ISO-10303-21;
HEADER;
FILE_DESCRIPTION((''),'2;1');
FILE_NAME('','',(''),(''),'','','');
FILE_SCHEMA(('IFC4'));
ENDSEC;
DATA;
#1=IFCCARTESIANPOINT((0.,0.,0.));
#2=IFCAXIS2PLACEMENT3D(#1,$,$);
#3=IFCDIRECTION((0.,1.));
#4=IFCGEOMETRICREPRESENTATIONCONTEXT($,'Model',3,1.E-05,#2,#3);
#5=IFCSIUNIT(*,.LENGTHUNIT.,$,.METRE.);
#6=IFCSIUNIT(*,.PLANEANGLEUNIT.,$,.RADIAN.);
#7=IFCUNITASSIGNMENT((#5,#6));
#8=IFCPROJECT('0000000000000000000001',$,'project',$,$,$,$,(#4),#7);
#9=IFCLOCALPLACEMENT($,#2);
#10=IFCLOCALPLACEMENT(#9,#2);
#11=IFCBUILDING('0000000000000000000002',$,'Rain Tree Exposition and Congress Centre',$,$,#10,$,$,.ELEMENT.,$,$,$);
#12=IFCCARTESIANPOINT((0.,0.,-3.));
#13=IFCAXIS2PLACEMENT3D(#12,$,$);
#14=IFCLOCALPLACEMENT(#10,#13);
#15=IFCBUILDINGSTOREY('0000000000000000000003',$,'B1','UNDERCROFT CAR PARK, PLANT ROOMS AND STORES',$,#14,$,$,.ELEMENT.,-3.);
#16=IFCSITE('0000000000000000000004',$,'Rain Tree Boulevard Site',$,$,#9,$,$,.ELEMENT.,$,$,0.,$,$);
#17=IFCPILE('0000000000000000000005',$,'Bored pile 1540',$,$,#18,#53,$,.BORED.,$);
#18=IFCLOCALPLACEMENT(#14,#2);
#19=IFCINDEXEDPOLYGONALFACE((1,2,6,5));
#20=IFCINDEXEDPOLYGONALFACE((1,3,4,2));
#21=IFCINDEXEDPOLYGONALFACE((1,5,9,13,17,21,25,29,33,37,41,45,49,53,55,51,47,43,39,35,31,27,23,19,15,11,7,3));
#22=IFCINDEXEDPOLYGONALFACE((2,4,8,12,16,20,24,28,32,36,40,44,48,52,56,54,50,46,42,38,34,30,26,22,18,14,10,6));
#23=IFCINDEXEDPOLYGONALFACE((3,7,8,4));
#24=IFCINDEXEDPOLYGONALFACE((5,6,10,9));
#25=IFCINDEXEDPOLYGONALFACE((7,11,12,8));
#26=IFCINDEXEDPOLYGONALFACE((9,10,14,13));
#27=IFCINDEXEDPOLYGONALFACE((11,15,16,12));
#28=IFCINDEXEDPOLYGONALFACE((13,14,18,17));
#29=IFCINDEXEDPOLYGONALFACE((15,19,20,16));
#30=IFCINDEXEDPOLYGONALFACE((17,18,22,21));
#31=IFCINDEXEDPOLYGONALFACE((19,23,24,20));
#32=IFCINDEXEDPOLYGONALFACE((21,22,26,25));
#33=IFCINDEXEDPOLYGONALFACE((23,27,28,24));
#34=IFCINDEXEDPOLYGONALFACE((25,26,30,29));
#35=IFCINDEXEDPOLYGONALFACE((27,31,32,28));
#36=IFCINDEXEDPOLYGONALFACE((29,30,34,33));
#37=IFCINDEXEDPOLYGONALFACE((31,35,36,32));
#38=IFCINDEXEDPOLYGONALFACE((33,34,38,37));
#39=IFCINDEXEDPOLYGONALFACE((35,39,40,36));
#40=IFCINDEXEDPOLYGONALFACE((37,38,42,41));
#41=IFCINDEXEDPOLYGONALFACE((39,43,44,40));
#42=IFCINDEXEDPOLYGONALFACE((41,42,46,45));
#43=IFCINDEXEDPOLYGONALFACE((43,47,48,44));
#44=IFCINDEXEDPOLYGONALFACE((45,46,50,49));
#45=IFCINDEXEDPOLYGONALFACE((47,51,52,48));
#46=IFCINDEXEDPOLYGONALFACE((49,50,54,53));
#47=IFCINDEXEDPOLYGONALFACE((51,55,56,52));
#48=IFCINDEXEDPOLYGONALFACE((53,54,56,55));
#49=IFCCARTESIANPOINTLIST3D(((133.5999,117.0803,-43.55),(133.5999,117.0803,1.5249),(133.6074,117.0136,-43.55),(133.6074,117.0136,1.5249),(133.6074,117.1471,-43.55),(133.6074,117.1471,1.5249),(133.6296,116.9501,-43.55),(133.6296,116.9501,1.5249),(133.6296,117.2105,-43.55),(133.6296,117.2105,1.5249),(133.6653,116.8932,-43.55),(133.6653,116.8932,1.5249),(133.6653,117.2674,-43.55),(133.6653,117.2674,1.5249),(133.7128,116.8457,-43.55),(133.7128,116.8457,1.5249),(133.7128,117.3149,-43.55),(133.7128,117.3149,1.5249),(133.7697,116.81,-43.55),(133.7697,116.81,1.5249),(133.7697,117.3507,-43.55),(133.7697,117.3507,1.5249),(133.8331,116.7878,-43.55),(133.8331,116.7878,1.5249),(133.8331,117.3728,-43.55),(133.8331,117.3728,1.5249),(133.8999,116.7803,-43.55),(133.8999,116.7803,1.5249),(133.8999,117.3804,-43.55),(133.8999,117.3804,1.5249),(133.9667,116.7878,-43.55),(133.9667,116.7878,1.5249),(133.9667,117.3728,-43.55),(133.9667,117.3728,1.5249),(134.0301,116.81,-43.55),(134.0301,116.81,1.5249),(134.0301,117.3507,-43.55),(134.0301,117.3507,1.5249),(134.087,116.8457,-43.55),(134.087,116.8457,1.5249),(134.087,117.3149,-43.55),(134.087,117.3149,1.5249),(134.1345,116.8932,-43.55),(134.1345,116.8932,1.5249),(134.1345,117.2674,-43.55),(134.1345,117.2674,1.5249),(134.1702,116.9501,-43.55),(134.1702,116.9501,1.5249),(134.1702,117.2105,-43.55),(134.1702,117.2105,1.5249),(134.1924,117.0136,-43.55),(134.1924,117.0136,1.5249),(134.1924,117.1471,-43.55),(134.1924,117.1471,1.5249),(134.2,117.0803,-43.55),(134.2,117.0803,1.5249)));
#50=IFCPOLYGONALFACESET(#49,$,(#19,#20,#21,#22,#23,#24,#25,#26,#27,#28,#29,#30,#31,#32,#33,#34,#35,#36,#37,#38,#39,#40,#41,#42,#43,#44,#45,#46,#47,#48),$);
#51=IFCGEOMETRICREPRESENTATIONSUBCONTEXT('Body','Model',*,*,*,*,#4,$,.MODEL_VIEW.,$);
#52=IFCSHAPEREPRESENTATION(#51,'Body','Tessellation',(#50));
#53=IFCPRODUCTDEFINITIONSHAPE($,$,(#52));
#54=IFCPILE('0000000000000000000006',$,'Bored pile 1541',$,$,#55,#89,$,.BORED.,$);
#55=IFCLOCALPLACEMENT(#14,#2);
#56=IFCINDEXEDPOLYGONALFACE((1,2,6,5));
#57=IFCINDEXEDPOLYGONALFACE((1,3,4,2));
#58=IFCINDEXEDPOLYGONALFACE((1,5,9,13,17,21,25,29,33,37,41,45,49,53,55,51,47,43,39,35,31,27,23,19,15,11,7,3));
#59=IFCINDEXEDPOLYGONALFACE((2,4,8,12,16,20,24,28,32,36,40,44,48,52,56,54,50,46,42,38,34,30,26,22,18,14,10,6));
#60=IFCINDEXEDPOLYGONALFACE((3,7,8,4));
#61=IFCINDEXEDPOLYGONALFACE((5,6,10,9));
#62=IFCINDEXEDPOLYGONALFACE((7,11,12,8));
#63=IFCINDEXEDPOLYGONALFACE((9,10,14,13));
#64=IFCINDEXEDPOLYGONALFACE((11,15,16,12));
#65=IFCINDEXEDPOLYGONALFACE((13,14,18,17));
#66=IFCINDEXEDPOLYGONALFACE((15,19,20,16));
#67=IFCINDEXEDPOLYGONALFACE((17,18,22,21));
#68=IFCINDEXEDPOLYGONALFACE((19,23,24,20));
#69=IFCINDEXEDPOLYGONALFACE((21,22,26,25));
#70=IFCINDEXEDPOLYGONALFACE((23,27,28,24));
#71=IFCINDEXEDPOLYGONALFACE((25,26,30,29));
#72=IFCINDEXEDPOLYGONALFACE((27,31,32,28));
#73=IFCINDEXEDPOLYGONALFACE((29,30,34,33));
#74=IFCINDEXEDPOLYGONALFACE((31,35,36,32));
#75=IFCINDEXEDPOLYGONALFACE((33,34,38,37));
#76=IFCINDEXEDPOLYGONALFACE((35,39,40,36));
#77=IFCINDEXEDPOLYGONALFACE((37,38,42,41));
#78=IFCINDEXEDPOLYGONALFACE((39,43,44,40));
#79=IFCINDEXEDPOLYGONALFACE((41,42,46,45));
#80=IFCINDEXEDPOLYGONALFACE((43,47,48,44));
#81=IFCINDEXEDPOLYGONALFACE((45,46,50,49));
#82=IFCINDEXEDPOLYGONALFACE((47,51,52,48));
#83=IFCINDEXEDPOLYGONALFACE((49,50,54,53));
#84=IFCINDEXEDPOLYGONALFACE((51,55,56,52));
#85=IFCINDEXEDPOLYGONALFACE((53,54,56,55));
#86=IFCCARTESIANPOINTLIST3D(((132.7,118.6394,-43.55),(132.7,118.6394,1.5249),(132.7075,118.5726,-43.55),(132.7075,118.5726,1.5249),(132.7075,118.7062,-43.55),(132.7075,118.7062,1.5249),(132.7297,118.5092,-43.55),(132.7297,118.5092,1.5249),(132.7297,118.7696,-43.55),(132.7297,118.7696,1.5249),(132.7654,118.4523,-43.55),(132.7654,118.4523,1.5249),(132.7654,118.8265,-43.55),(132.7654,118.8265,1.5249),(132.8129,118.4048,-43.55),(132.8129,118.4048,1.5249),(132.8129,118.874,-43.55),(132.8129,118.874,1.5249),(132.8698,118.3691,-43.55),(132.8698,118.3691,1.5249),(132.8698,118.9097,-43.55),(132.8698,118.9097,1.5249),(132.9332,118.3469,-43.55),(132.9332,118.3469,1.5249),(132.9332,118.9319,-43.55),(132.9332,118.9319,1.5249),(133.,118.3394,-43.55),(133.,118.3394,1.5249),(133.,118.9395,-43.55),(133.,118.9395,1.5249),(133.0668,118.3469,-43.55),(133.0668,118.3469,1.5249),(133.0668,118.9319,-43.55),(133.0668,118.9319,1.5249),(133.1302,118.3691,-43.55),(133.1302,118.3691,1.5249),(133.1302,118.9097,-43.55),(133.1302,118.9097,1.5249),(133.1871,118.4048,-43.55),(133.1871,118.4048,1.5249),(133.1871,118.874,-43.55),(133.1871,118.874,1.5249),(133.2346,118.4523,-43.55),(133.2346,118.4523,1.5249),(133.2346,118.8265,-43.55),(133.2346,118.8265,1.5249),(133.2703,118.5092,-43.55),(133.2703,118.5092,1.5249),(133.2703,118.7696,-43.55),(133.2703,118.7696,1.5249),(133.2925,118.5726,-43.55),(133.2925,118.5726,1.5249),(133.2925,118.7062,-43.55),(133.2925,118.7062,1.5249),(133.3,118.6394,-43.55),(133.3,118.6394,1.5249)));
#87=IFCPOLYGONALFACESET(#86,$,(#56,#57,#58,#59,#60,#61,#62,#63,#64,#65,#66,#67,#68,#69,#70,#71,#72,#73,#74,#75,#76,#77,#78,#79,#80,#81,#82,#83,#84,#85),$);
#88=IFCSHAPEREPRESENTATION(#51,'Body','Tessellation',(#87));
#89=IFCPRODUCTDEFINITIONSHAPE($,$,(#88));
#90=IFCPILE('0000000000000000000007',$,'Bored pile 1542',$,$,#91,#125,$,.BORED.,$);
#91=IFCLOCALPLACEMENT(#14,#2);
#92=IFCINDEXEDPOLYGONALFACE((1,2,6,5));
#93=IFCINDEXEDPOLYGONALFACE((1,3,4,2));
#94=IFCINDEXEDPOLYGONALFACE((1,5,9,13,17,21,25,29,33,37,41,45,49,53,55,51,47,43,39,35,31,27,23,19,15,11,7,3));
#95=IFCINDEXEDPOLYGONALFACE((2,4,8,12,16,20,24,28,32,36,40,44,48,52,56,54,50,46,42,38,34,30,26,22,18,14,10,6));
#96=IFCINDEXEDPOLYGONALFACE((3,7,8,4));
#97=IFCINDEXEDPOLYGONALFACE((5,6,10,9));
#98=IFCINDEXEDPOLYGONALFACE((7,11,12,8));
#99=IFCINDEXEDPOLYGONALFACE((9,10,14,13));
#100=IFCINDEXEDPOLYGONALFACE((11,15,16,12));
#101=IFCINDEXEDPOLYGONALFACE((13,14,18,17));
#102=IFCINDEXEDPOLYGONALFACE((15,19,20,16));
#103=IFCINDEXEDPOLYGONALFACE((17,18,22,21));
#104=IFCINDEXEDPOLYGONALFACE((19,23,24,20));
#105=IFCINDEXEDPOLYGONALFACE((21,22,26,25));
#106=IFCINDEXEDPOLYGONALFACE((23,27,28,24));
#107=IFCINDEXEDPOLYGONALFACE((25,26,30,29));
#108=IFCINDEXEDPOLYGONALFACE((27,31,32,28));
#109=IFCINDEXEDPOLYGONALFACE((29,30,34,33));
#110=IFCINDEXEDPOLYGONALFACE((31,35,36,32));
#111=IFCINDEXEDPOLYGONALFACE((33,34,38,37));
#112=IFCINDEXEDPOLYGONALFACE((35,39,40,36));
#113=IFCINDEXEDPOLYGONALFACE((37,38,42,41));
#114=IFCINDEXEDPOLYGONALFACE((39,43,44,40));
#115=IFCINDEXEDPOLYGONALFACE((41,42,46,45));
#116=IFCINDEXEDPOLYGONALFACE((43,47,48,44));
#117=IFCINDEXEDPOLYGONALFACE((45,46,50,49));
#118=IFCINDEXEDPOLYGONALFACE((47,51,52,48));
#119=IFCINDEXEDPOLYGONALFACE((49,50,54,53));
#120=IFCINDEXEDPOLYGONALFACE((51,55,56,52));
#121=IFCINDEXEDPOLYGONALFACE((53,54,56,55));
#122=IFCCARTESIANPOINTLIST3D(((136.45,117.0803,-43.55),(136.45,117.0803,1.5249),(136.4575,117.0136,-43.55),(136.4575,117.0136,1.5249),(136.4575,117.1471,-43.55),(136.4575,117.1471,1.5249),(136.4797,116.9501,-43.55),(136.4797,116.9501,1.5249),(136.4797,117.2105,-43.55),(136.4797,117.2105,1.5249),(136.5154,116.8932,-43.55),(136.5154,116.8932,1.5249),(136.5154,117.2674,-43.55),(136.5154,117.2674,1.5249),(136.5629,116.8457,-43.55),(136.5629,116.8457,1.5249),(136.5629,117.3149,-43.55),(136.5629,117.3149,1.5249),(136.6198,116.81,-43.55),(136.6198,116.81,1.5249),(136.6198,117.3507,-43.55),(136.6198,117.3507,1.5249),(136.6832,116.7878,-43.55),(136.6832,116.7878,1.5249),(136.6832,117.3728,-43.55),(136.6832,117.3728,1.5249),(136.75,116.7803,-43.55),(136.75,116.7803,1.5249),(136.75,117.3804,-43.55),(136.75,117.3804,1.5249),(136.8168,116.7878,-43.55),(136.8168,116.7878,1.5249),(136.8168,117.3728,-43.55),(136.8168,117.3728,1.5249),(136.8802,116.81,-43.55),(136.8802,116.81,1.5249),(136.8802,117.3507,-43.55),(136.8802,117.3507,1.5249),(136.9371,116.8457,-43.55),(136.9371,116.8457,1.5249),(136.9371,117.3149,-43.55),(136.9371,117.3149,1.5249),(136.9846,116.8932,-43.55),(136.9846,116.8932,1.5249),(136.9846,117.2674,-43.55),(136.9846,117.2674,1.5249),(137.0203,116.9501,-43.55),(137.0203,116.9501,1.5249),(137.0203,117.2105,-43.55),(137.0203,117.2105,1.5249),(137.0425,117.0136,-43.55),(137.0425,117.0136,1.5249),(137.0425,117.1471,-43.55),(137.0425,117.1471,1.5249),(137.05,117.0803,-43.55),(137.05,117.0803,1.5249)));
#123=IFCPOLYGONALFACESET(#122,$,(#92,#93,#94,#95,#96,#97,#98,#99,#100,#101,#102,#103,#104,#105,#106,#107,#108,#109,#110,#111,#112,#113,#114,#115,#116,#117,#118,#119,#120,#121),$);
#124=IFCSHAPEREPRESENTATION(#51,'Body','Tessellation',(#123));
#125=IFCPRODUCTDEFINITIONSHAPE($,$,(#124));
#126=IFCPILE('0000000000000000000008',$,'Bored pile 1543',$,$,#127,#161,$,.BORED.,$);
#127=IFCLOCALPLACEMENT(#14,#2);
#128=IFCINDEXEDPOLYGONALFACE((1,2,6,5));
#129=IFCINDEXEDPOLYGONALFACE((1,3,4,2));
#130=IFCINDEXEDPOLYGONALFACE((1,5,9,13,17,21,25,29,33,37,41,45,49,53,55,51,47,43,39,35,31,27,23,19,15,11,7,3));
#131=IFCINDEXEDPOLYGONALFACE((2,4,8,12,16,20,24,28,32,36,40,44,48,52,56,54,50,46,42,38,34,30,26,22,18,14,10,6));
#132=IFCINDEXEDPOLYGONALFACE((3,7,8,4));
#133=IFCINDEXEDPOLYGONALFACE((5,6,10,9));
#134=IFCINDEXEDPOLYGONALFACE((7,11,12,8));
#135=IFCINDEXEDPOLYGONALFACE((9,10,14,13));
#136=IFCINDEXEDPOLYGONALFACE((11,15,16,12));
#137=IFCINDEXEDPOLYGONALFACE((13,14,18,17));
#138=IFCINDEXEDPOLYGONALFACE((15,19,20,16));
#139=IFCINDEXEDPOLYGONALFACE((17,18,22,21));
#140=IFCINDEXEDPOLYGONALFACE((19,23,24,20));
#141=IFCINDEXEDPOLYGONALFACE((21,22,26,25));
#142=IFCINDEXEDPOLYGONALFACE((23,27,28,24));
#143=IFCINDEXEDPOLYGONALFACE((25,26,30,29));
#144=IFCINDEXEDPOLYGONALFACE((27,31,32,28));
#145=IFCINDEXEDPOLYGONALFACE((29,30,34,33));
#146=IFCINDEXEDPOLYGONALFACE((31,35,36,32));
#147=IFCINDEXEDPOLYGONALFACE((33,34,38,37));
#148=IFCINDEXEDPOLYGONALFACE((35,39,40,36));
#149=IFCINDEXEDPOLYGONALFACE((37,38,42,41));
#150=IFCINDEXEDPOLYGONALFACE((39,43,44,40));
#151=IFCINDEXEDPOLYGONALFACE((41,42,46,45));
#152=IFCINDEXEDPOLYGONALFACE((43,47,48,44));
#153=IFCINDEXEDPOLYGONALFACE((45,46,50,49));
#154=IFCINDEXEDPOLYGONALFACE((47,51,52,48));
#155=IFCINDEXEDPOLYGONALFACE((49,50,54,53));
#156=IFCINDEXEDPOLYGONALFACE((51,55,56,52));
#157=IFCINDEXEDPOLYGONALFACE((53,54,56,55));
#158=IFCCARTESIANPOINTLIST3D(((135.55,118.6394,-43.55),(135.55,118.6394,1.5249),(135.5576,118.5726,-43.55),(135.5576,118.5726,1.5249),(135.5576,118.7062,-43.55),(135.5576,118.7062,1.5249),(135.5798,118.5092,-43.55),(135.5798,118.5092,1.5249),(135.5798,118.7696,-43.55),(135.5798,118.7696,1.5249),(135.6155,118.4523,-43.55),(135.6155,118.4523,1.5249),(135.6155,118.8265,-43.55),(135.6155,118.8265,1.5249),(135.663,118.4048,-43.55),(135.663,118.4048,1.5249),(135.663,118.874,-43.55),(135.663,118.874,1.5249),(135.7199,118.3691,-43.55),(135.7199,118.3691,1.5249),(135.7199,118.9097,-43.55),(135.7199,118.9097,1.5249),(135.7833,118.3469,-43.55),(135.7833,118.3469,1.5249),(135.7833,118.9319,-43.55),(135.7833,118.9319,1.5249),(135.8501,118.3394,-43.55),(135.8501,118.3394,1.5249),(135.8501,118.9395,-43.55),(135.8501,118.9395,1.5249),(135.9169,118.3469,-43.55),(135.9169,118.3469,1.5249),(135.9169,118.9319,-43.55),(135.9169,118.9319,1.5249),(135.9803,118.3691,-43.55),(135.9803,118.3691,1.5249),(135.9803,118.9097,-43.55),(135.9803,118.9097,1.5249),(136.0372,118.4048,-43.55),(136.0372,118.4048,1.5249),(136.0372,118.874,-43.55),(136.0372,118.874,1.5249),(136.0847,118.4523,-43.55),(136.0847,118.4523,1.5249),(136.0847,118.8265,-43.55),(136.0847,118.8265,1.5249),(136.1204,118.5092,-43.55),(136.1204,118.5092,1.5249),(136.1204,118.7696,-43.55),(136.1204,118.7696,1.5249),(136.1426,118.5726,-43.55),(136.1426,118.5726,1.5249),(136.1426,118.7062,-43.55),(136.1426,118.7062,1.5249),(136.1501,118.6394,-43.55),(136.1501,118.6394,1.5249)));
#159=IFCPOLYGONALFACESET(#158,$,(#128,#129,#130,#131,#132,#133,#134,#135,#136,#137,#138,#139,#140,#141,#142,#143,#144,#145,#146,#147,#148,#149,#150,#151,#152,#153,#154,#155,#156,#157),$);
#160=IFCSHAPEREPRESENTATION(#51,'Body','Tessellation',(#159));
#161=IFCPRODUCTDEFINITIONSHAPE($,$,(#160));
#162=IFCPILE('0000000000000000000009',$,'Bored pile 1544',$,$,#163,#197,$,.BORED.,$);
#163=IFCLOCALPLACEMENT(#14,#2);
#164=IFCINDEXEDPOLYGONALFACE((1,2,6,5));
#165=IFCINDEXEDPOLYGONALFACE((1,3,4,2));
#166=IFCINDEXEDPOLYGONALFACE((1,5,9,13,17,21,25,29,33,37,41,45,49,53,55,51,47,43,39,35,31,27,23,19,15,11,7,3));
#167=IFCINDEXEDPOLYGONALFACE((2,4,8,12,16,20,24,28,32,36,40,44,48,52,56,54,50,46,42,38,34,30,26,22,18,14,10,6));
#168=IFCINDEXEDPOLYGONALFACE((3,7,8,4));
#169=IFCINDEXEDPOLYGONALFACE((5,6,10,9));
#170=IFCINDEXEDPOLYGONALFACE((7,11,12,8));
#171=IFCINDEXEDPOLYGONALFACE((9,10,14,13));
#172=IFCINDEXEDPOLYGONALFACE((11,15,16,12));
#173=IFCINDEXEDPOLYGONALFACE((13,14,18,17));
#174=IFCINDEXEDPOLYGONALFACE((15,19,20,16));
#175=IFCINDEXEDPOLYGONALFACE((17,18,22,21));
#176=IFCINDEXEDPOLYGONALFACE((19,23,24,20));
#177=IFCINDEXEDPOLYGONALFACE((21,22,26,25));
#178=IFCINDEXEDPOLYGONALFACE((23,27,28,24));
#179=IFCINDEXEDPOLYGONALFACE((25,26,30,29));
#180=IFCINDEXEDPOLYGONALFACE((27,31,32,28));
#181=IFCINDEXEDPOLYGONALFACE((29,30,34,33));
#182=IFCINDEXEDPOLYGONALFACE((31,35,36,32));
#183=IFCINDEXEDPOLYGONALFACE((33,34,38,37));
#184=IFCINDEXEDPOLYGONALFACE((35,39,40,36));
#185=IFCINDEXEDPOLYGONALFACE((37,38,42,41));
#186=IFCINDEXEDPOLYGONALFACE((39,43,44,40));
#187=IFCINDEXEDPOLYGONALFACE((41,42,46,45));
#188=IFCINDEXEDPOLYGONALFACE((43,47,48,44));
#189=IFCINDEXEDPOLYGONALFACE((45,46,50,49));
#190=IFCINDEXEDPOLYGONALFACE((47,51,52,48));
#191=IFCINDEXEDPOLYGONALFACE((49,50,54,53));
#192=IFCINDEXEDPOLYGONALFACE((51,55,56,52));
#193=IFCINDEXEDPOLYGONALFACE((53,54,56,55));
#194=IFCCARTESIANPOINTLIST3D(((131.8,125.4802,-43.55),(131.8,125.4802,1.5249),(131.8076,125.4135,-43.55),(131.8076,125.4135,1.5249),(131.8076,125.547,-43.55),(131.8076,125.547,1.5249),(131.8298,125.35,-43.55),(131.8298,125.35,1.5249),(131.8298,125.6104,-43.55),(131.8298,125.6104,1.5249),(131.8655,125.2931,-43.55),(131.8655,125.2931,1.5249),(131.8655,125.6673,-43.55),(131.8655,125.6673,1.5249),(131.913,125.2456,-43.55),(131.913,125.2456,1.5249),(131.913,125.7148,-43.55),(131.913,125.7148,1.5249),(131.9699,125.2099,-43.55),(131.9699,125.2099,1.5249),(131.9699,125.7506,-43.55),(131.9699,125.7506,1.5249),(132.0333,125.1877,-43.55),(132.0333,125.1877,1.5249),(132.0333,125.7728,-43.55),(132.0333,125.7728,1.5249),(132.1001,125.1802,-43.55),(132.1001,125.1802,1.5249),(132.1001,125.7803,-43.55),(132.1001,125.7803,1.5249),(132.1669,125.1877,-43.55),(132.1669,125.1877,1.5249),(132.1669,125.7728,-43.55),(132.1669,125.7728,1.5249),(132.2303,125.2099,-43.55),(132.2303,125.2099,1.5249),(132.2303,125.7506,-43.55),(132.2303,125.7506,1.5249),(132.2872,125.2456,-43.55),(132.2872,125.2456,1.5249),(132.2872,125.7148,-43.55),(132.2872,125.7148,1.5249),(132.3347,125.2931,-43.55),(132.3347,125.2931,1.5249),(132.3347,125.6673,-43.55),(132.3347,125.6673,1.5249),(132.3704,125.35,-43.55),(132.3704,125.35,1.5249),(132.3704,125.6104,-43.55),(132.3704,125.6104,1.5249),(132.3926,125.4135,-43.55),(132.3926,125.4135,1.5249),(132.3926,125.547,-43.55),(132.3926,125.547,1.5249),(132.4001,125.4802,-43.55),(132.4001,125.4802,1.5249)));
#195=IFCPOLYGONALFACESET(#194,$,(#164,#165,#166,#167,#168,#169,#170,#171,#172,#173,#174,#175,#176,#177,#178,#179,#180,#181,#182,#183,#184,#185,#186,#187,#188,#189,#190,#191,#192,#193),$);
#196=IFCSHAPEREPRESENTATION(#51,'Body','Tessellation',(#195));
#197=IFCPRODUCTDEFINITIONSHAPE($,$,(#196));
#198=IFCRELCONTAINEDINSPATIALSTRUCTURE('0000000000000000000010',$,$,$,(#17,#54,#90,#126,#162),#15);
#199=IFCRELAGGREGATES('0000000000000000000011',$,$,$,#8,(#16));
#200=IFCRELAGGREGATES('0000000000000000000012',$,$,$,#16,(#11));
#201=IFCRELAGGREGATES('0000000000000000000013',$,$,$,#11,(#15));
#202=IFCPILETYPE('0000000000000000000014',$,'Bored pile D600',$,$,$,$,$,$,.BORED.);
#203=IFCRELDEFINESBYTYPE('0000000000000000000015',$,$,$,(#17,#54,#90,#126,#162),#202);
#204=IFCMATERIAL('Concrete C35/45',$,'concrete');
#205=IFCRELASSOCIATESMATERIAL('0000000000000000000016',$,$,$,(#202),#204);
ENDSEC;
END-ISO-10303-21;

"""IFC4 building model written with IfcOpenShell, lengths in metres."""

from ifc_helpers import new_model, si_unit, direction, frame, origin, origin_2d, place, context, subcontext, project, spatial, circle, extrude, material, material_profile, profile_set, type_object, element, save


model = new_model("IFC4")

# Units and contexts
model_context = context("Model", 3, precision=1e-05, world=origin(), true_north=direction((0.0, 1.0)))
body_context = subcontext(model_context, "Body", "Model", "MODEL_VIEW")
ifc_project = project(units=[si_unit("LENGTHUNIT", "METRE"), si_unit("PLANEANGLEUNIT", "RADIAN")], contexts=[model_context])

# Site, building, storey
site_placement = place(None, origin())
site = spatial("IfcSite", under=ifc_project, at=site_placement, Name="Rain Tree Boulevard Site", CompositionType="ELEMENT", RefElevation=0.0)
building_placement = place(site_placement, origin())
building = spatial("IfcBuilding", under=site, at=building_placement, Name="Rain Tree Exposition and Congress Centre", CompositionType="ELEMENT")
storey_placement = place(building_placement, frame((0.0, 0.0, -3.0)))
storey = spatial("IfcBuildingStorey", under=building, at=storey_placement, Name="B1", Description="UNDERCROFT CAR PARK, PLANT ROOMS AND STORES", CompositionType="ELEMENT", Elevation=-3.0)

# Piles
ifc_material_1 = material(Name="Concrete C35/45", Category="concrete")
ifc_material_profile_1 = material_profile(ifc_material_1, circle(Radius=0.3, at=origin_2d()), Name="D600")
ifc_profile_set_1 = profile_set([ifc_material_profile_1], Name="Concrete C35/45")
pile_type_1 = type_object("IfcPileType", Name="Bored pile D600", PredefinedType="BORED", material=ifc_profile_set_1)
for number, where, z_axis, x_axis, name in (
    (1, (133.8999, 117.0803, 1.5249), (0.0, 0.0, -1.0), (1.0, 0.0, 0.0), "Bored pile 1540"),
    (2, (133.0, 118.6394, 1.5249), (0.0, 0.0, -1.0), (1.0, 0.0, 0.0), "Bored pile 1541"),
    (3, (136.75, 117.0803, 1.5249), (0.0, 0.0, -1.0), (1.0, 0.0, 0.0), "Bored pile 1542"),
    (4, (135.8501, 118.6394, 1.5249), (0.0, 0.0, -1.0), (1.0, 0.0, 0.0), "Bored pile 1543"),
    (5, (132.1001, 125.4802, 1.5249), (0.0, 0.0, -1.0), (1.0, 0.0, 0.0), "Bored pile 1544"),
):
    element("IfcPile", number, at=place(storey_placement, frame(where, z_axis=z_axis, x_axis=x_axis)), inside=storey, type_object=pile_type_1, Name=name, PredefinedType="BORED", context=body_context, shape_type="SweptSolid", body=[
        extrude(circle(Radius=0.3, at=origin_2d()), origin(), (0.0, 0.0, 1.0), 45.075),
    ])

save(model, "model.ifc")
